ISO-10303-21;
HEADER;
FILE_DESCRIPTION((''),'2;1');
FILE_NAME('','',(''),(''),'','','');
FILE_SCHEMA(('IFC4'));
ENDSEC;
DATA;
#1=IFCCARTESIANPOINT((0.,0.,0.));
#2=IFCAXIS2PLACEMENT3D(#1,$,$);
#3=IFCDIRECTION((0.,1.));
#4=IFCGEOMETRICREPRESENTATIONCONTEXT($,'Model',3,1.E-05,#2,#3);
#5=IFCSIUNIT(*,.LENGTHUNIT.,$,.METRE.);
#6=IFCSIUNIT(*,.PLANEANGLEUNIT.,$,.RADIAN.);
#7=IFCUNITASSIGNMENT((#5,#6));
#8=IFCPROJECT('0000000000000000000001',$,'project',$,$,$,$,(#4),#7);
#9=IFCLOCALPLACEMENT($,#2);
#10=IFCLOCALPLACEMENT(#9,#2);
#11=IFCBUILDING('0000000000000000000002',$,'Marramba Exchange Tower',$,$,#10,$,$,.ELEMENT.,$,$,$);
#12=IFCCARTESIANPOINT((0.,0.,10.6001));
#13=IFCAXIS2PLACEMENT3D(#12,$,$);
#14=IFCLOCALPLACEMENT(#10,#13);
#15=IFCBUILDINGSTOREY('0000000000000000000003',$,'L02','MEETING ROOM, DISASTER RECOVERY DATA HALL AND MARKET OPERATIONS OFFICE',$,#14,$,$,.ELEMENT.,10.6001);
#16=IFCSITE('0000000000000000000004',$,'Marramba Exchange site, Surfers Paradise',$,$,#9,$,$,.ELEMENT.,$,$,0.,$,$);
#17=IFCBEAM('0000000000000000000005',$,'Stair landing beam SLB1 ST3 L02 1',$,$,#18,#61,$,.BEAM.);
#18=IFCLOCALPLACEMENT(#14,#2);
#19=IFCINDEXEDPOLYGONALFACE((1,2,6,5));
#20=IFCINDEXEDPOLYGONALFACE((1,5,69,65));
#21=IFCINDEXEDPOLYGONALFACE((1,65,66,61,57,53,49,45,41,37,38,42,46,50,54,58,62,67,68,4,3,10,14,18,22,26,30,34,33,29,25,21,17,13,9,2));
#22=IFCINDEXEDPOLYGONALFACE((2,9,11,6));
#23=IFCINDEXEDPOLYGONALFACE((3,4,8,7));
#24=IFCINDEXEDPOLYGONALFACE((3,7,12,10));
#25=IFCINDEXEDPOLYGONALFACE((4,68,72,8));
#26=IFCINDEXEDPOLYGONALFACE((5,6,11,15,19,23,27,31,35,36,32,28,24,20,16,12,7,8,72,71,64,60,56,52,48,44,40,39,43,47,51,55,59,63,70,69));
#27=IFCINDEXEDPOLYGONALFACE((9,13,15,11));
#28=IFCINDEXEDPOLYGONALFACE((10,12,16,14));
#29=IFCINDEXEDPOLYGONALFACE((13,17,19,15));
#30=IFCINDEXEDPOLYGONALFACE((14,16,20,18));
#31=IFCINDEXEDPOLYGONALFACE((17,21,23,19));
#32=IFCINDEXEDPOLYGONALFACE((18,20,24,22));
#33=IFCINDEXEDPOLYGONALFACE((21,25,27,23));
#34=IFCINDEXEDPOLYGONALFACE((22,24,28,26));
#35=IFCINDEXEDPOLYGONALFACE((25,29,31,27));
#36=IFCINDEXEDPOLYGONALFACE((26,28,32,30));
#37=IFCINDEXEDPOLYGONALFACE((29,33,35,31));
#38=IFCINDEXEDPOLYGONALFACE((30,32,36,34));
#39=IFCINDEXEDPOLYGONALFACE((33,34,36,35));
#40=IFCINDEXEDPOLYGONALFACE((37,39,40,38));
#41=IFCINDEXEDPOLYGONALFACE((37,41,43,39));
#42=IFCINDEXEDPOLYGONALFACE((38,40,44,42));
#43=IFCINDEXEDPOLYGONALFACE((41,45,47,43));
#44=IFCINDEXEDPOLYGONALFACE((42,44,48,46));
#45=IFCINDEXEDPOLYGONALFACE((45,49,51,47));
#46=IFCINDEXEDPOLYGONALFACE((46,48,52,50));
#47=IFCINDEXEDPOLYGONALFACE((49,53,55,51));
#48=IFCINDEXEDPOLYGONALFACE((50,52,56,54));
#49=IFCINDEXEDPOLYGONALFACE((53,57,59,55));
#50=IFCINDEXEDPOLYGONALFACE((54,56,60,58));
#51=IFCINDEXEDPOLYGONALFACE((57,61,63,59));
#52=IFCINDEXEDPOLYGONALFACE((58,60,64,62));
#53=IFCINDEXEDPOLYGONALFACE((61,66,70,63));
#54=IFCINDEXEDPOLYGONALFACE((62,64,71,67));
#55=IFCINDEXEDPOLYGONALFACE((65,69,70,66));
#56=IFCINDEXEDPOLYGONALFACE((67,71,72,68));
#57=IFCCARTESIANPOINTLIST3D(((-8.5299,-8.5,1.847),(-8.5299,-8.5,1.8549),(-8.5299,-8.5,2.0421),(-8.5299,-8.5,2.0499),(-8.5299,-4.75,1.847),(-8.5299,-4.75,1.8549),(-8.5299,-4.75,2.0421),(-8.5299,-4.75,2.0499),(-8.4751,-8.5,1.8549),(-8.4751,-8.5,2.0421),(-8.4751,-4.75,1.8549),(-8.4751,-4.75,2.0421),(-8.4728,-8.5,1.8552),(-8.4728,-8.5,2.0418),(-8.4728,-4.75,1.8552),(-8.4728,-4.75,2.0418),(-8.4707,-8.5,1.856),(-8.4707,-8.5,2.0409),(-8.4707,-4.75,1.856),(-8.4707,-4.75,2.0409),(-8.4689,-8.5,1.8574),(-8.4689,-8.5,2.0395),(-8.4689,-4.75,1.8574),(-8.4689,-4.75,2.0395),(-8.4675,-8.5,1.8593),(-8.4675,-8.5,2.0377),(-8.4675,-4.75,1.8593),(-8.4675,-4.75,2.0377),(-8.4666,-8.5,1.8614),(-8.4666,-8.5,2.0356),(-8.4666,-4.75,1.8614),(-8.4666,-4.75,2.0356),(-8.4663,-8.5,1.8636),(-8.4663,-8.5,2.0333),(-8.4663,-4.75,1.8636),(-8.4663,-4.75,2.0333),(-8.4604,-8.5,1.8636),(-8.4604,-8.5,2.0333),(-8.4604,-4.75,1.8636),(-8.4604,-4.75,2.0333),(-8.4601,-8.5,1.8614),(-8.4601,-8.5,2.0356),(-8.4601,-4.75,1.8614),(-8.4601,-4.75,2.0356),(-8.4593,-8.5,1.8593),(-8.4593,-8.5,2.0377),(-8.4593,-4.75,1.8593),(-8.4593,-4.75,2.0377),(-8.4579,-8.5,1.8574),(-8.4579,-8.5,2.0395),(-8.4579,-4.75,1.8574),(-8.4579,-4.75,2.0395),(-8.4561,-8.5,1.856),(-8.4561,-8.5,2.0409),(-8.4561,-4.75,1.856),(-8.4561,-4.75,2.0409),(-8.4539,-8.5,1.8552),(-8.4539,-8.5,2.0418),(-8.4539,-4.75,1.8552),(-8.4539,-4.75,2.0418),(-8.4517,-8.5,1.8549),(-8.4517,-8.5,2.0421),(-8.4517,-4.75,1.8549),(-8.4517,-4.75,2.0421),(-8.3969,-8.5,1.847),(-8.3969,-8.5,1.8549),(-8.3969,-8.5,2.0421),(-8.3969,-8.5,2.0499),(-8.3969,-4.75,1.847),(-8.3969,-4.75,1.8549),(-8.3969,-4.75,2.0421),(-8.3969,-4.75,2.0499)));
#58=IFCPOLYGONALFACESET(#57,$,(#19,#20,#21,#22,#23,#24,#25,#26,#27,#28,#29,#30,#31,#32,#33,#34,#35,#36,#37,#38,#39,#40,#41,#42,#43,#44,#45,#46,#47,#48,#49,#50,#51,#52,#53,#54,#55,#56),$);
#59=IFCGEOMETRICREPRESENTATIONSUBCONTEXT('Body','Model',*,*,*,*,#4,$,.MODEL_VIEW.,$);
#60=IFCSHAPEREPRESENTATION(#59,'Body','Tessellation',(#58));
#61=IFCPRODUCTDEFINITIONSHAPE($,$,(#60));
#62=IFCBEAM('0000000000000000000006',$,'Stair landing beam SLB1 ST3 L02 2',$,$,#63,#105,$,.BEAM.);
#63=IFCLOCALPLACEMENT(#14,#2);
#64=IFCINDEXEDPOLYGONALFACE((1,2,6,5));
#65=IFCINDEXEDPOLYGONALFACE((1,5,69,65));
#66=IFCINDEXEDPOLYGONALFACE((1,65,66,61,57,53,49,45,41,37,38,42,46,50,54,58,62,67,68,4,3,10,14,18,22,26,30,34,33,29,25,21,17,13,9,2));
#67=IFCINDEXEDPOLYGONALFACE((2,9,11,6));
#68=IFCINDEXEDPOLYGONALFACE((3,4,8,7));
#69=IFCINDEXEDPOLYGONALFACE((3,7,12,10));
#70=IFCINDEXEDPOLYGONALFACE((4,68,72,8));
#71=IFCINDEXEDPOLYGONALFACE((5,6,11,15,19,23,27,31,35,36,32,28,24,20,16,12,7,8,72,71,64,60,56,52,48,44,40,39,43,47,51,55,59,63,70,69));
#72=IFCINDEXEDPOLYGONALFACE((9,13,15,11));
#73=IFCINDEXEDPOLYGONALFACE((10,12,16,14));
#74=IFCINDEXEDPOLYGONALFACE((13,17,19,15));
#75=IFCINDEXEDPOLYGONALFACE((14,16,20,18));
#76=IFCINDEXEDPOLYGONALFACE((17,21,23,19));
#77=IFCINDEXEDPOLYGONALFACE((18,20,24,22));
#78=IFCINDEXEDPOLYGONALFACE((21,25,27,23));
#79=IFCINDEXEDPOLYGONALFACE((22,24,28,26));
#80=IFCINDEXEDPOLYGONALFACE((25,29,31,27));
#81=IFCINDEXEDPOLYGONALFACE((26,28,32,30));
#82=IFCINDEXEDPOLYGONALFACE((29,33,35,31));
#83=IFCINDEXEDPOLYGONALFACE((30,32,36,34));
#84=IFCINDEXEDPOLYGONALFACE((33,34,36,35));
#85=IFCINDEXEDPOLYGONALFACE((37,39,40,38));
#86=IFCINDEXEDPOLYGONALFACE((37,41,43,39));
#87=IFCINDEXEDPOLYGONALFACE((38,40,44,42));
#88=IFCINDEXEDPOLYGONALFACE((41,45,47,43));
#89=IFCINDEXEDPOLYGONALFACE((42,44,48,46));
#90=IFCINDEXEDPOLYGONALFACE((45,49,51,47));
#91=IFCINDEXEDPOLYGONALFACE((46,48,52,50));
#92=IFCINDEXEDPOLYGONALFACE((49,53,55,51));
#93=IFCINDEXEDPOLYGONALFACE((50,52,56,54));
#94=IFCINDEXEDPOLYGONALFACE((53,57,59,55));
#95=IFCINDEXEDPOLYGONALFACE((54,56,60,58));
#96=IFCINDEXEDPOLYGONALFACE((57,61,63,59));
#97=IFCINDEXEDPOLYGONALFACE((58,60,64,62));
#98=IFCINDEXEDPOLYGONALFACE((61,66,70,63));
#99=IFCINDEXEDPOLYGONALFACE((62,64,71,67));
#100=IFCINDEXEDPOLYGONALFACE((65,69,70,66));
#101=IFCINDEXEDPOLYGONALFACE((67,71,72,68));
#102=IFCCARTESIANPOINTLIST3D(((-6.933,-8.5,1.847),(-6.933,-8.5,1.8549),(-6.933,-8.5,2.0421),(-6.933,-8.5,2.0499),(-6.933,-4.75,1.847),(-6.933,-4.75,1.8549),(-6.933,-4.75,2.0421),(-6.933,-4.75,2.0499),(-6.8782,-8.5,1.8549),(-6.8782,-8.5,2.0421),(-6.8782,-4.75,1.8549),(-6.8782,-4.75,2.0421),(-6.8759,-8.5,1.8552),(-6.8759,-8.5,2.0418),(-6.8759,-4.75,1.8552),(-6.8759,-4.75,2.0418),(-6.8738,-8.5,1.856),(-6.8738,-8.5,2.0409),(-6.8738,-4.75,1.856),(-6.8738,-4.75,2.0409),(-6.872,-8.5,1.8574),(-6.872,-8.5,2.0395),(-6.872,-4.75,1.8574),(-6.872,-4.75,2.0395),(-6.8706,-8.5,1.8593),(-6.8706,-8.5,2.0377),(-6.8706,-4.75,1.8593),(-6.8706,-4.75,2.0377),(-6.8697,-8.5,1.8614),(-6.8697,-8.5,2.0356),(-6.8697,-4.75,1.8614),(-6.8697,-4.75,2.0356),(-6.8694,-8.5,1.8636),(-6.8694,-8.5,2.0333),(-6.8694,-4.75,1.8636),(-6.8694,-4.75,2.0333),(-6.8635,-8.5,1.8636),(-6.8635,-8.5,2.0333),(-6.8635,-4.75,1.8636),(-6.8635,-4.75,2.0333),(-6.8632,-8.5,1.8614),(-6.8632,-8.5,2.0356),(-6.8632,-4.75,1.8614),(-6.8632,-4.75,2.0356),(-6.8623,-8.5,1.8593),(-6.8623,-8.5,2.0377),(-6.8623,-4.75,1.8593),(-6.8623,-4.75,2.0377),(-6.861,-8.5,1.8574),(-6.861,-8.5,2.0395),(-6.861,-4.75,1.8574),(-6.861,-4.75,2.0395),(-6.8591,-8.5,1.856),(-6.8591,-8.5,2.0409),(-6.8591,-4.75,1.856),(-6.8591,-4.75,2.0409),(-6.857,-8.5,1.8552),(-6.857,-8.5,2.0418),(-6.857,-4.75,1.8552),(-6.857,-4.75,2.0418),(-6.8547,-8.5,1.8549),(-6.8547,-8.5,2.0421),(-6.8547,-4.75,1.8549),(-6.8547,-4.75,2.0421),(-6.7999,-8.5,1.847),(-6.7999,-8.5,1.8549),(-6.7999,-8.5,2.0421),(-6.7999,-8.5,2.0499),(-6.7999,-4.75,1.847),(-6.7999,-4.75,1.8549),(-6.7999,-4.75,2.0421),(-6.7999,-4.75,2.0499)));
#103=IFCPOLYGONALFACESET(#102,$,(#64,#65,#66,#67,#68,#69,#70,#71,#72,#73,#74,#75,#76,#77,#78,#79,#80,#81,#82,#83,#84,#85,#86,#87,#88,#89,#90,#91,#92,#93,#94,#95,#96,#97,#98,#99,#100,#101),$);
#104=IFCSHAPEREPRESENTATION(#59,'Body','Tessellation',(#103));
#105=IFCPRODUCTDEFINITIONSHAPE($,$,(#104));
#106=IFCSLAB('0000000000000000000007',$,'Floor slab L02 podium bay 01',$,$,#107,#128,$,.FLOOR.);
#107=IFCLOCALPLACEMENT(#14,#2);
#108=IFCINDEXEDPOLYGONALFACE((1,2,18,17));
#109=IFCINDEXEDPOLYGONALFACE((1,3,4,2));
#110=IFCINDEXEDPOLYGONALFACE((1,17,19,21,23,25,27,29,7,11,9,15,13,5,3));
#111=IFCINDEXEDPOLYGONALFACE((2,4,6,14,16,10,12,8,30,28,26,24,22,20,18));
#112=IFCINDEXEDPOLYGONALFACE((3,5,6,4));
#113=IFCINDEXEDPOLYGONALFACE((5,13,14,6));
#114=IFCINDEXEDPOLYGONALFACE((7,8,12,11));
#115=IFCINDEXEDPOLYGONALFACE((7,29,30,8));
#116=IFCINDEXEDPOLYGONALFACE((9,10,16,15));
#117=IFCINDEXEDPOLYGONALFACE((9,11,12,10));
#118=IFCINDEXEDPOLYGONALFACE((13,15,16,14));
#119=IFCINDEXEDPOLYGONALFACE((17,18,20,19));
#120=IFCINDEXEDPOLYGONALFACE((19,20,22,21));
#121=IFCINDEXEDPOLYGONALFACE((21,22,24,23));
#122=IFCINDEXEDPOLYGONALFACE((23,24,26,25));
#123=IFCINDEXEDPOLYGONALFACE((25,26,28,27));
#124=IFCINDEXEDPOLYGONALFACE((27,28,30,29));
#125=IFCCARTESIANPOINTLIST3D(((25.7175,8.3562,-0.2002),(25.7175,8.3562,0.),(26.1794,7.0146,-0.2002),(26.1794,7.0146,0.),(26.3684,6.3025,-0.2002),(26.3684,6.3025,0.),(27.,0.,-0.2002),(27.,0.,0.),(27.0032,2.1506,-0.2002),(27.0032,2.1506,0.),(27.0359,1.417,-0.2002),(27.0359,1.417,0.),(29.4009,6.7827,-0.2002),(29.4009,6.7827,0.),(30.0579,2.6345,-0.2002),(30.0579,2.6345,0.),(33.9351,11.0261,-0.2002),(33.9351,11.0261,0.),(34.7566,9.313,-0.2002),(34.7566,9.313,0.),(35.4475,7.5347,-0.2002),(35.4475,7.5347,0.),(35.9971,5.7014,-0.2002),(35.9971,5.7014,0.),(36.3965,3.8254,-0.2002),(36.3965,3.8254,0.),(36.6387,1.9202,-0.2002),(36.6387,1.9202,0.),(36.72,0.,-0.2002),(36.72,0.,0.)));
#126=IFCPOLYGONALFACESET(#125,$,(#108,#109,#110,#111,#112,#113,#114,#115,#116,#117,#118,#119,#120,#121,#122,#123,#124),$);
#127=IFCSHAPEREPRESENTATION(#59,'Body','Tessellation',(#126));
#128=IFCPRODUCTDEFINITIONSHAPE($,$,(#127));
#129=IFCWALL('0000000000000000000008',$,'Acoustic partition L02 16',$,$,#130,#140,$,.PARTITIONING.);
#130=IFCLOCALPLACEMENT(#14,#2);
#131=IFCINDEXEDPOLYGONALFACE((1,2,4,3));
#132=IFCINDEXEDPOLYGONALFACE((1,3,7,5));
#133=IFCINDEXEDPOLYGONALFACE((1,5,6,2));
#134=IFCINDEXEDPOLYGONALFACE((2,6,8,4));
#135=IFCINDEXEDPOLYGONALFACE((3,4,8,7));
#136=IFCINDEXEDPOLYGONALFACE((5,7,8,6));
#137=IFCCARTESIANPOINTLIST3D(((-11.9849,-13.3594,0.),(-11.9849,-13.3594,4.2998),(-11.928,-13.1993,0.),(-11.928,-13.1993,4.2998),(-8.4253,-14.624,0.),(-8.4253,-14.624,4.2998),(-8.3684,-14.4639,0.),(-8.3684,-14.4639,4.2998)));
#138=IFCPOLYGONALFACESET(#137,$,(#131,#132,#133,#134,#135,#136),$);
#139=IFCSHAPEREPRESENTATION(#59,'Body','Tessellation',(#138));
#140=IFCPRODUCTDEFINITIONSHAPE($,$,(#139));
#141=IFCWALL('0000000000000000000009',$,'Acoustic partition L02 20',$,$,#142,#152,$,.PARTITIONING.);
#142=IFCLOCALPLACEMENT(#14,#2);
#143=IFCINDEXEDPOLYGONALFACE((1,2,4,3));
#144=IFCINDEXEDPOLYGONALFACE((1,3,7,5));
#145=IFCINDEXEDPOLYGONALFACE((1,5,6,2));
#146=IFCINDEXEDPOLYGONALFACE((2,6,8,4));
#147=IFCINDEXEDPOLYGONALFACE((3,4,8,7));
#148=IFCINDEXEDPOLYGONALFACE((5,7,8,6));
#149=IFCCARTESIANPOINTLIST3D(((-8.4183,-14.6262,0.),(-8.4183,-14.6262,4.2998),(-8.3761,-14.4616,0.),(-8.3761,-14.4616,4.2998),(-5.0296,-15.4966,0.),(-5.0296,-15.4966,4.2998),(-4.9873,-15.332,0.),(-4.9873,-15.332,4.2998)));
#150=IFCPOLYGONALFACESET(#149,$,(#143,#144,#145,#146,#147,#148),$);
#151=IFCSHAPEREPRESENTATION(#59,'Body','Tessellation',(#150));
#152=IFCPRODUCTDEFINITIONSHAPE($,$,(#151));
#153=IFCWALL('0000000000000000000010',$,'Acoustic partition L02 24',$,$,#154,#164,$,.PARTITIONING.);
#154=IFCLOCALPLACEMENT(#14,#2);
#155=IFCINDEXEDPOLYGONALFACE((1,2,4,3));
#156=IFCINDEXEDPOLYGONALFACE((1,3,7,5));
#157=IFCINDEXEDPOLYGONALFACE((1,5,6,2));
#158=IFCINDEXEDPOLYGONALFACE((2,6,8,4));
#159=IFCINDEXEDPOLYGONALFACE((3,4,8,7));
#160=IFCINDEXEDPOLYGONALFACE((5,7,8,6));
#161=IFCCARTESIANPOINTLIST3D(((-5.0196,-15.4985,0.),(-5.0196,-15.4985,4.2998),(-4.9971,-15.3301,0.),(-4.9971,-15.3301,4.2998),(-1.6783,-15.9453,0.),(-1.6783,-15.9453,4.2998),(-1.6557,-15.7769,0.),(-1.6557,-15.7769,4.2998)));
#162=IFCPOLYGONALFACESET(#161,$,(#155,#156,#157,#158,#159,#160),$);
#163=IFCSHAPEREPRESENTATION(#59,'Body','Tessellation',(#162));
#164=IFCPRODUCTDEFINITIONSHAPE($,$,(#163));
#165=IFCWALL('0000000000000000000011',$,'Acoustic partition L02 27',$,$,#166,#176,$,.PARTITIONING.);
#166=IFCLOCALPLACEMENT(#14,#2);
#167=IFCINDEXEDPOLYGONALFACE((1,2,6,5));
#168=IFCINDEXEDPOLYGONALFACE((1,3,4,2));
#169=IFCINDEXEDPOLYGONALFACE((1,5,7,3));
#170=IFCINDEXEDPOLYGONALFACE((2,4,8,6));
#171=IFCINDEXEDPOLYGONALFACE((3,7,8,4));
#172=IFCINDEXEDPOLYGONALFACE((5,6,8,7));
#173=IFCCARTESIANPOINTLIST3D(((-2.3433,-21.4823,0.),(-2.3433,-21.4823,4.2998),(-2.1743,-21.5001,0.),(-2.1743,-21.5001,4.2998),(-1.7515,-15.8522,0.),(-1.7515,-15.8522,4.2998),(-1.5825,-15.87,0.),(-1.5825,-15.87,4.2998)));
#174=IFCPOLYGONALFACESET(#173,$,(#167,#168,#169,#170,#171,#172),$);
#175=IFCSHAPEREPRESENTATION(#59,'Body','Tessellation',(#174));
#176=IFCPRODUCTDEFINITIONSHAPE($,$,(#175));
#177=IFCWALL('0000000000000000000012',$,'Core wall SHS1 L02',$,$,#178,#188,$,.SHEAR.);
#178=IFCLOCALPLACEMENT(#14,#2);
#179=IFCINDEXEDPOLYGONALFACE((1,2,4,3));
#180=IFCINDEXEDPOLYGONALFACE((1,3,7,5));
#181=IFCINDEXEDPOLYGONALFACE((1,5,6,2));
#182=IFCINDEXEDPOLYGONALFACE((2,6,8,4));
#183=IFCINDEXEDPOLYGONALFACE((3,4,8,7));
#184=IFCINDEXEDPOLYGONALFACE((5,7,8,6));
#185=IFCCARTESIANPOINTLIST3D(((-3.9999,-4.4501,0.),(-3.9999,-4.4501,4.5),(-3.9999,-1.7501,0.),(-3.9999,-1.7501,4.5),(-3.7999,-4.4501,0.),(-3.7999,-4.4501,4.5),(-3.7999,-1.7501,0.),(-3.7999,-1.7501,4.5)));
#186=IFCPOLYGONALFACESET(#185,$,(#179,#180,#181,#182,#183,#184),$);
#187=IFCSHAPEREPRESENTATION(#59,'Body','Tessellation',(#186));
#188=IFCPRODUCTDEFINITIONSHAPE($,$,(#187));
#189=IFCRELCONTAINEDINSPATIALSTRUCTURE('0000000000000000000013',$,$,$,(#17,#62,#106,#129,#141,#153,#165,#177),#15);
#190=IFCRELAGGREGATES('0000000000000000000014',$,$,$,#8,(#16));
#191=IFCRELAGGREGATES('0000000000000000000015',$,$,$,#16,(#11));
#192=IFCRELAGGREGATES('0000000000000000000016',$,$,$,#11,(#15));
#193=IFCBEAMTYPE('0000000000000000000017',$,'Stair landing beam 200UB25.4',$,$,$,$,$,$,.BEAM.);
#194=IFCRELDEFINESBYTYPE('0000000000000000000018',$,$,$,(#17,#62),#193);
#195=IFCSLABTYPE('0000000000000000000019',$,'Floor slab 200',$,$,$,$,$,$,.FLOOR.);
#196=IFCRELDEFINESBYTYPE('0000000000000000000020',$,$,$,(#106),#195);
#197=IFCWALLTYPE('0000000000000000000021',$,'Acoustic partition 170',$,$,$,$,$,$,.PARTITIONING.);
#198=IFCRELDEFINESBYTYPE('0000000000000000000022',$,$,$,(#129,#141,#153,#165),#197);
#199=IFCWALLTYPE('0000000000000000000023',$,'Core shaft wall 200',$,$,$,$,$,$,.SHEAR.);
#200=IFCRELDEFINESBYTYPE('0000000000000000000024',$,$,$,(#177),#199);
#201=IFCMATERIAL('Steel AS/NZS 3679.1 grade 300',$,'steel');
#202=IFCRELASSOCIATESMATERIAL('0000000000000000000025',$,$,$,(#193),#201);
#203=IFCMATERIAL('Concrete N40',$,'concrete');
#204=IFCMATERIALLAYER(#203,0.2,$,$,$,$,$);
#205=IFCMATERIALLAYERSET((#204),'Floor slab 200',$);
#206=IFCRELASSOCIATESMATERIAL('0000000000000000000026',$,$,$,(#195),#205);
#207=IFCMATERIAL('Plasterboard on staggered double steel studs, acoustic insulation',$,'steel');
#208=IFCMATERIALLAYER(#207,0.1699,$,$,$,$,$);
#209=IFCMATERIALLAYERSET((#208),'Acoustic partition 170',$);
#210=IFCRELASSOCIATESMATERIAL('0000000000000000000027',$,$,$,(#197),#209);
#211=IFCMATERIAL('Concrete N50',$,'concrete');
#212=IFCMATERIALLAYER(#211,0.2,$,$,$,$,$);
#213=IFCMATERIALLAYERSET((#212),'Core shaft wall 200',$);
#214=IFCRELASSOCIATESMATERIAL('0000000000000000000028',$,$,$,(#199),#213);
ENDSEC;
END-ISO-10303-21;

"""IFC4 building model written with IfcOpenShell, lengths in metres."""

from ifc_helpers import new_model, si_unit, direction, frame, frame_2d, origin, origin_2d, place, context, subcontext, project, spatial, polyline, rectangle, i_section, outline, extrude, material, layer, layer_set, material_profile, profile_set, type_object, element, save


model = new_model("IFC4")

# Units and contexts
model_context = context("Model", 3, precision=1e-05, world=origin(), true_north=direction((0.0, 1.0)))
body_context = subcontext(model_context, "Body", "Model", "MODEL_VIEW")
ifc_project = project(units=[si_unit("LENGTHUNIT", "METRE"), si_unit("PLANEANGLEUNIT", "RADIAN")], contexts=[model_context])

# Site, building, storey
site_placement = place(None, origin())
site = spatial("IfcSite", under=ifc_project, at=site_placement, Name="Marramba Exchange site, Surfers Paradise", CompositionType="ELEMENT", RefElevation=0.0)
building_placement = place(site_placement, origin())
building = spatial("IfcBuilding", under=site, at=building_placement, Name="Marramba Exchange Tower", CompositionType="ELEMENT")
storey_placement = place(building_placement, frame((0.0, 0.0, 10.6001)))
storey = spatial("IfcBuildingStorey", under=building, at=storey_placement, Name="L02", Description="MEETING ROOM, DISASTER RECOVERY DATA HALL AND MARKET OPERATIONS OFFICE", CompositionType="ELEMENT", Elevation=10.6001)

# Beams
ifc_material_1 = material(Name="Steel AS/NZS 3679.1 grade 300", Category="steel")
ifc_material_profile_1 = material_profile(ifc_material_1, i_section(OverallWidth=0.1331, OverallDepth=0.2029, WebThickness=0.0059, FlangeThickness=0.0078, FilletRadius=0.0088, at=origin_2d()), Name="200UB25.4")
ifc_profile_set_1 = profile_set([ifc_material_profile_1], Name="Steel AS/NZS 3679.1 grade 300")
beam_type_1 = type_object("IfcBeamType", Name="Stair landing beam 200UB25.4", PredefinedType="BEAM", material=ifc_profile_set_1)
for number, where, z_axis, x_axis, name in (
    (1, (-8.4634, -8.5, 1.9485), (0.0, 1.0, 0.0), (-1.0, 0.0, 0.0), "Stair landing beam SLB1 ST3 L02 1"),
    (2, (-6.8665, -8.5, 1.9485), (0.0, 1.0, 0.0), (-1.0, 0.0, 0.0), "Stair landing beam SLB1 ST3 L02 2"),
):
    element("IfcBeam", number, at=place(storey_placement, frame(where, z_axis=z_axis, x_axis=x_axis)), inside=storey, type_object=beam_type_1, Name=name, PredefinedType="BEAM", context=body_context, shape_type="SweptSolid", body=[
        extrude(i_section(OverallWidth=0.1331, OverallDepth=0.2029, WebThickness=0.0059, FlangeThickness=0.0078, FilletRadius=0.0088, at=origin_2d()), origin(), (0.0, 0.0, 1.0), 3.75),
    ])

# Slab
ifc_material_2 = material(Name="Concrete N40", Category="concrete")
ifc_layer_1 = layer(ifc_material_2, 0.2)
ifc_layer_set_1 = layer_set([ifc_layer_1], Name="Floor slab 200")
slab_type = type_object("IfcSlabType", Name="Floor slab 200", PredefinedType="FLOOR", material=ifc_layer_set_1)
slab_1_placement = place(storey_placement, frame((0.0, 0.0, -0.2002)))
element("IfcSlab", 3, at=slab_1_placement, inside=storey, type_object=slab_type, Name="Floor slab L02 podium bay 01", PredefinedType="FLOOR", context=body_context, shape_type="SweptSolid", body=[
    extrude(outline(polyline([(33.9351, 11.0261), (34.7566, 9.313), (35.4475, 7.5347), (35.9971, 5.7014), (36.3965, 3.8254), (36.6387, 1.9202), (36.72, 0.0), (27.0, 0.0), (27.0359, 1.417), (27.0032, 2.1506), (30.0579, 2.6345), (29.4009, 6.7827), (26.3684, 6.3025), (26.1794, 7.0146), (25.7175, 8.3562), (33.9351, 11.0261)])), origin(), (0.0, 0.0, 1.0), 0.2002),
])

# Walls
ifc_material_3 = material(Name="Plasterboard on staggered double steel studs, acoustic insulation", Category="steel")
ifc_layer_2 = layer(ifc_material_3, 0.1699)
ifc_layer_set_2 = layer_set([ifc_layer_2], Name="Acoustic partition 170")
wall_type_1 = type_object("IfcWallType", Name="Acoustic partition 170", PredefinedType="PARTITIONING", material=ifc_layer_set_2)
wall_1_placement = place(storey_placement, frame((-8.397, -14.5439, 0.0), z_axis=(0.0, 0.0, 1.0), x_axis=(-0.942296, 0.33478, 0.0)))
element("IfcWall", 4, at=wall_1_placement, inside=storey, type_object=wall_type_1, Name="Acoustic partition L02 16", PredefinedType="PARTITIONING", context=body_context, shape_type="SweptSolid", body=[
    extrude(rectangle(XDim=3.7776, YDim=0.1699, at=frame_2d((1.8887, 0.0))), origin(), (0.0, 0.0, 1.0), 4.2998),
])
wall_2_placement = place(storey_placement, frame((-5.0083, -15.4143, 0.0), z_axis=(0.0, 0.0, 1.0), x_axis=(-0.968563, 0.24877, 0.0)))
element("IfcWall", 5, at=wall_2_placement, inside=storey, type_object=wall_type_1, Name="Acoustic partition L02 20", PredefinedType="PARTITIONING", context=body_context, shape_type="SweptSolid", body=[
    extrude(rectangle(XDim=3.4988, YDim=0.1699, at=frame_2d((1.7495, 0.0))), origin(), (0.0, 0.0, 1.0), 4.2998),
])
wall_3_placement = place(storey_placement, frame((-1.667, -15.8611, 0.0), z_axis=(0.0, 0.0, 1.0), x_axis=(-0.991178, 0.132534, 0.0)))
element("IfcWall", 6, at=wall_3_placement, inside=storey, type_object=wall_type_1, Name="Acoustic partition L02 24", PredefinedType="PARTITIONING", context=body_context, shape_type="SweptSolid", body=[
    extrude(rectangle(XDim=3.3711, YDim=0.1699, at=frame_2d((1.6855, 0.0))), origin(), (0.0, 0.0, 1.0), 4.2998),
])
wall_4_placement = place(storey_placement, frame((-1.667, -15.8611, 0.0), z_axis=(0.0, 0.0, 1.0), x_axis=(-0.104537, -0.994521, 0.0)))
element("IfcWall", 7, at=wall_4_placement, inside=storey, type_object=wall_type_1, Name="Acoustic partition L02 27", PredefinedType="PARTITIONING", context=body_context, shape_type="SweptSolid", body=[
    extrude(rectangle(XDim=5.6611, YDim=0.1699, at=frame_2d((2.8306, 0.0))), origin(), (0.0, 0.0, 1.0), 4.2998),
])
ifc_material_4 = material(Name="Concrete N50", Category="concrete")
ifc_layer_3 = layer(ifc_material_4, 0.2)
ifc_layer_set_3 = layer_set([ifc_layer_3], Name="Core shaft wall 200")
wall_type_2 = type_object("IfcWallType", Name="Core shaft wall 200", PredefinedType="SHEAR", material=ifc_layer_set_3)
for number, where, z_axis, x_axis, name in (
    (8, (-3.8999, -1.75, 0.0), (0.0, 0.0, 1.0), (0.0, -1.0, 0.0), "Core wall SHS1 L02"),
):
    element("IfcWall", number, at=place(storey_placement, frame(where, z_axis=z_axis, x_axis=x_axis)), inside=storey, type_object=wall_type_2, Name=name, PredefinedType="SHEAR", context=body_context, shape_type="SweptSolid", body=[
        extrude(rectangle(XDim=2.7, YDim=0.2, at=frame_2d((1.3501, 0.0))), origin(), (0.0, 0.0, 1.0), 4.5),
    ])

save(model, "model.ifc")
